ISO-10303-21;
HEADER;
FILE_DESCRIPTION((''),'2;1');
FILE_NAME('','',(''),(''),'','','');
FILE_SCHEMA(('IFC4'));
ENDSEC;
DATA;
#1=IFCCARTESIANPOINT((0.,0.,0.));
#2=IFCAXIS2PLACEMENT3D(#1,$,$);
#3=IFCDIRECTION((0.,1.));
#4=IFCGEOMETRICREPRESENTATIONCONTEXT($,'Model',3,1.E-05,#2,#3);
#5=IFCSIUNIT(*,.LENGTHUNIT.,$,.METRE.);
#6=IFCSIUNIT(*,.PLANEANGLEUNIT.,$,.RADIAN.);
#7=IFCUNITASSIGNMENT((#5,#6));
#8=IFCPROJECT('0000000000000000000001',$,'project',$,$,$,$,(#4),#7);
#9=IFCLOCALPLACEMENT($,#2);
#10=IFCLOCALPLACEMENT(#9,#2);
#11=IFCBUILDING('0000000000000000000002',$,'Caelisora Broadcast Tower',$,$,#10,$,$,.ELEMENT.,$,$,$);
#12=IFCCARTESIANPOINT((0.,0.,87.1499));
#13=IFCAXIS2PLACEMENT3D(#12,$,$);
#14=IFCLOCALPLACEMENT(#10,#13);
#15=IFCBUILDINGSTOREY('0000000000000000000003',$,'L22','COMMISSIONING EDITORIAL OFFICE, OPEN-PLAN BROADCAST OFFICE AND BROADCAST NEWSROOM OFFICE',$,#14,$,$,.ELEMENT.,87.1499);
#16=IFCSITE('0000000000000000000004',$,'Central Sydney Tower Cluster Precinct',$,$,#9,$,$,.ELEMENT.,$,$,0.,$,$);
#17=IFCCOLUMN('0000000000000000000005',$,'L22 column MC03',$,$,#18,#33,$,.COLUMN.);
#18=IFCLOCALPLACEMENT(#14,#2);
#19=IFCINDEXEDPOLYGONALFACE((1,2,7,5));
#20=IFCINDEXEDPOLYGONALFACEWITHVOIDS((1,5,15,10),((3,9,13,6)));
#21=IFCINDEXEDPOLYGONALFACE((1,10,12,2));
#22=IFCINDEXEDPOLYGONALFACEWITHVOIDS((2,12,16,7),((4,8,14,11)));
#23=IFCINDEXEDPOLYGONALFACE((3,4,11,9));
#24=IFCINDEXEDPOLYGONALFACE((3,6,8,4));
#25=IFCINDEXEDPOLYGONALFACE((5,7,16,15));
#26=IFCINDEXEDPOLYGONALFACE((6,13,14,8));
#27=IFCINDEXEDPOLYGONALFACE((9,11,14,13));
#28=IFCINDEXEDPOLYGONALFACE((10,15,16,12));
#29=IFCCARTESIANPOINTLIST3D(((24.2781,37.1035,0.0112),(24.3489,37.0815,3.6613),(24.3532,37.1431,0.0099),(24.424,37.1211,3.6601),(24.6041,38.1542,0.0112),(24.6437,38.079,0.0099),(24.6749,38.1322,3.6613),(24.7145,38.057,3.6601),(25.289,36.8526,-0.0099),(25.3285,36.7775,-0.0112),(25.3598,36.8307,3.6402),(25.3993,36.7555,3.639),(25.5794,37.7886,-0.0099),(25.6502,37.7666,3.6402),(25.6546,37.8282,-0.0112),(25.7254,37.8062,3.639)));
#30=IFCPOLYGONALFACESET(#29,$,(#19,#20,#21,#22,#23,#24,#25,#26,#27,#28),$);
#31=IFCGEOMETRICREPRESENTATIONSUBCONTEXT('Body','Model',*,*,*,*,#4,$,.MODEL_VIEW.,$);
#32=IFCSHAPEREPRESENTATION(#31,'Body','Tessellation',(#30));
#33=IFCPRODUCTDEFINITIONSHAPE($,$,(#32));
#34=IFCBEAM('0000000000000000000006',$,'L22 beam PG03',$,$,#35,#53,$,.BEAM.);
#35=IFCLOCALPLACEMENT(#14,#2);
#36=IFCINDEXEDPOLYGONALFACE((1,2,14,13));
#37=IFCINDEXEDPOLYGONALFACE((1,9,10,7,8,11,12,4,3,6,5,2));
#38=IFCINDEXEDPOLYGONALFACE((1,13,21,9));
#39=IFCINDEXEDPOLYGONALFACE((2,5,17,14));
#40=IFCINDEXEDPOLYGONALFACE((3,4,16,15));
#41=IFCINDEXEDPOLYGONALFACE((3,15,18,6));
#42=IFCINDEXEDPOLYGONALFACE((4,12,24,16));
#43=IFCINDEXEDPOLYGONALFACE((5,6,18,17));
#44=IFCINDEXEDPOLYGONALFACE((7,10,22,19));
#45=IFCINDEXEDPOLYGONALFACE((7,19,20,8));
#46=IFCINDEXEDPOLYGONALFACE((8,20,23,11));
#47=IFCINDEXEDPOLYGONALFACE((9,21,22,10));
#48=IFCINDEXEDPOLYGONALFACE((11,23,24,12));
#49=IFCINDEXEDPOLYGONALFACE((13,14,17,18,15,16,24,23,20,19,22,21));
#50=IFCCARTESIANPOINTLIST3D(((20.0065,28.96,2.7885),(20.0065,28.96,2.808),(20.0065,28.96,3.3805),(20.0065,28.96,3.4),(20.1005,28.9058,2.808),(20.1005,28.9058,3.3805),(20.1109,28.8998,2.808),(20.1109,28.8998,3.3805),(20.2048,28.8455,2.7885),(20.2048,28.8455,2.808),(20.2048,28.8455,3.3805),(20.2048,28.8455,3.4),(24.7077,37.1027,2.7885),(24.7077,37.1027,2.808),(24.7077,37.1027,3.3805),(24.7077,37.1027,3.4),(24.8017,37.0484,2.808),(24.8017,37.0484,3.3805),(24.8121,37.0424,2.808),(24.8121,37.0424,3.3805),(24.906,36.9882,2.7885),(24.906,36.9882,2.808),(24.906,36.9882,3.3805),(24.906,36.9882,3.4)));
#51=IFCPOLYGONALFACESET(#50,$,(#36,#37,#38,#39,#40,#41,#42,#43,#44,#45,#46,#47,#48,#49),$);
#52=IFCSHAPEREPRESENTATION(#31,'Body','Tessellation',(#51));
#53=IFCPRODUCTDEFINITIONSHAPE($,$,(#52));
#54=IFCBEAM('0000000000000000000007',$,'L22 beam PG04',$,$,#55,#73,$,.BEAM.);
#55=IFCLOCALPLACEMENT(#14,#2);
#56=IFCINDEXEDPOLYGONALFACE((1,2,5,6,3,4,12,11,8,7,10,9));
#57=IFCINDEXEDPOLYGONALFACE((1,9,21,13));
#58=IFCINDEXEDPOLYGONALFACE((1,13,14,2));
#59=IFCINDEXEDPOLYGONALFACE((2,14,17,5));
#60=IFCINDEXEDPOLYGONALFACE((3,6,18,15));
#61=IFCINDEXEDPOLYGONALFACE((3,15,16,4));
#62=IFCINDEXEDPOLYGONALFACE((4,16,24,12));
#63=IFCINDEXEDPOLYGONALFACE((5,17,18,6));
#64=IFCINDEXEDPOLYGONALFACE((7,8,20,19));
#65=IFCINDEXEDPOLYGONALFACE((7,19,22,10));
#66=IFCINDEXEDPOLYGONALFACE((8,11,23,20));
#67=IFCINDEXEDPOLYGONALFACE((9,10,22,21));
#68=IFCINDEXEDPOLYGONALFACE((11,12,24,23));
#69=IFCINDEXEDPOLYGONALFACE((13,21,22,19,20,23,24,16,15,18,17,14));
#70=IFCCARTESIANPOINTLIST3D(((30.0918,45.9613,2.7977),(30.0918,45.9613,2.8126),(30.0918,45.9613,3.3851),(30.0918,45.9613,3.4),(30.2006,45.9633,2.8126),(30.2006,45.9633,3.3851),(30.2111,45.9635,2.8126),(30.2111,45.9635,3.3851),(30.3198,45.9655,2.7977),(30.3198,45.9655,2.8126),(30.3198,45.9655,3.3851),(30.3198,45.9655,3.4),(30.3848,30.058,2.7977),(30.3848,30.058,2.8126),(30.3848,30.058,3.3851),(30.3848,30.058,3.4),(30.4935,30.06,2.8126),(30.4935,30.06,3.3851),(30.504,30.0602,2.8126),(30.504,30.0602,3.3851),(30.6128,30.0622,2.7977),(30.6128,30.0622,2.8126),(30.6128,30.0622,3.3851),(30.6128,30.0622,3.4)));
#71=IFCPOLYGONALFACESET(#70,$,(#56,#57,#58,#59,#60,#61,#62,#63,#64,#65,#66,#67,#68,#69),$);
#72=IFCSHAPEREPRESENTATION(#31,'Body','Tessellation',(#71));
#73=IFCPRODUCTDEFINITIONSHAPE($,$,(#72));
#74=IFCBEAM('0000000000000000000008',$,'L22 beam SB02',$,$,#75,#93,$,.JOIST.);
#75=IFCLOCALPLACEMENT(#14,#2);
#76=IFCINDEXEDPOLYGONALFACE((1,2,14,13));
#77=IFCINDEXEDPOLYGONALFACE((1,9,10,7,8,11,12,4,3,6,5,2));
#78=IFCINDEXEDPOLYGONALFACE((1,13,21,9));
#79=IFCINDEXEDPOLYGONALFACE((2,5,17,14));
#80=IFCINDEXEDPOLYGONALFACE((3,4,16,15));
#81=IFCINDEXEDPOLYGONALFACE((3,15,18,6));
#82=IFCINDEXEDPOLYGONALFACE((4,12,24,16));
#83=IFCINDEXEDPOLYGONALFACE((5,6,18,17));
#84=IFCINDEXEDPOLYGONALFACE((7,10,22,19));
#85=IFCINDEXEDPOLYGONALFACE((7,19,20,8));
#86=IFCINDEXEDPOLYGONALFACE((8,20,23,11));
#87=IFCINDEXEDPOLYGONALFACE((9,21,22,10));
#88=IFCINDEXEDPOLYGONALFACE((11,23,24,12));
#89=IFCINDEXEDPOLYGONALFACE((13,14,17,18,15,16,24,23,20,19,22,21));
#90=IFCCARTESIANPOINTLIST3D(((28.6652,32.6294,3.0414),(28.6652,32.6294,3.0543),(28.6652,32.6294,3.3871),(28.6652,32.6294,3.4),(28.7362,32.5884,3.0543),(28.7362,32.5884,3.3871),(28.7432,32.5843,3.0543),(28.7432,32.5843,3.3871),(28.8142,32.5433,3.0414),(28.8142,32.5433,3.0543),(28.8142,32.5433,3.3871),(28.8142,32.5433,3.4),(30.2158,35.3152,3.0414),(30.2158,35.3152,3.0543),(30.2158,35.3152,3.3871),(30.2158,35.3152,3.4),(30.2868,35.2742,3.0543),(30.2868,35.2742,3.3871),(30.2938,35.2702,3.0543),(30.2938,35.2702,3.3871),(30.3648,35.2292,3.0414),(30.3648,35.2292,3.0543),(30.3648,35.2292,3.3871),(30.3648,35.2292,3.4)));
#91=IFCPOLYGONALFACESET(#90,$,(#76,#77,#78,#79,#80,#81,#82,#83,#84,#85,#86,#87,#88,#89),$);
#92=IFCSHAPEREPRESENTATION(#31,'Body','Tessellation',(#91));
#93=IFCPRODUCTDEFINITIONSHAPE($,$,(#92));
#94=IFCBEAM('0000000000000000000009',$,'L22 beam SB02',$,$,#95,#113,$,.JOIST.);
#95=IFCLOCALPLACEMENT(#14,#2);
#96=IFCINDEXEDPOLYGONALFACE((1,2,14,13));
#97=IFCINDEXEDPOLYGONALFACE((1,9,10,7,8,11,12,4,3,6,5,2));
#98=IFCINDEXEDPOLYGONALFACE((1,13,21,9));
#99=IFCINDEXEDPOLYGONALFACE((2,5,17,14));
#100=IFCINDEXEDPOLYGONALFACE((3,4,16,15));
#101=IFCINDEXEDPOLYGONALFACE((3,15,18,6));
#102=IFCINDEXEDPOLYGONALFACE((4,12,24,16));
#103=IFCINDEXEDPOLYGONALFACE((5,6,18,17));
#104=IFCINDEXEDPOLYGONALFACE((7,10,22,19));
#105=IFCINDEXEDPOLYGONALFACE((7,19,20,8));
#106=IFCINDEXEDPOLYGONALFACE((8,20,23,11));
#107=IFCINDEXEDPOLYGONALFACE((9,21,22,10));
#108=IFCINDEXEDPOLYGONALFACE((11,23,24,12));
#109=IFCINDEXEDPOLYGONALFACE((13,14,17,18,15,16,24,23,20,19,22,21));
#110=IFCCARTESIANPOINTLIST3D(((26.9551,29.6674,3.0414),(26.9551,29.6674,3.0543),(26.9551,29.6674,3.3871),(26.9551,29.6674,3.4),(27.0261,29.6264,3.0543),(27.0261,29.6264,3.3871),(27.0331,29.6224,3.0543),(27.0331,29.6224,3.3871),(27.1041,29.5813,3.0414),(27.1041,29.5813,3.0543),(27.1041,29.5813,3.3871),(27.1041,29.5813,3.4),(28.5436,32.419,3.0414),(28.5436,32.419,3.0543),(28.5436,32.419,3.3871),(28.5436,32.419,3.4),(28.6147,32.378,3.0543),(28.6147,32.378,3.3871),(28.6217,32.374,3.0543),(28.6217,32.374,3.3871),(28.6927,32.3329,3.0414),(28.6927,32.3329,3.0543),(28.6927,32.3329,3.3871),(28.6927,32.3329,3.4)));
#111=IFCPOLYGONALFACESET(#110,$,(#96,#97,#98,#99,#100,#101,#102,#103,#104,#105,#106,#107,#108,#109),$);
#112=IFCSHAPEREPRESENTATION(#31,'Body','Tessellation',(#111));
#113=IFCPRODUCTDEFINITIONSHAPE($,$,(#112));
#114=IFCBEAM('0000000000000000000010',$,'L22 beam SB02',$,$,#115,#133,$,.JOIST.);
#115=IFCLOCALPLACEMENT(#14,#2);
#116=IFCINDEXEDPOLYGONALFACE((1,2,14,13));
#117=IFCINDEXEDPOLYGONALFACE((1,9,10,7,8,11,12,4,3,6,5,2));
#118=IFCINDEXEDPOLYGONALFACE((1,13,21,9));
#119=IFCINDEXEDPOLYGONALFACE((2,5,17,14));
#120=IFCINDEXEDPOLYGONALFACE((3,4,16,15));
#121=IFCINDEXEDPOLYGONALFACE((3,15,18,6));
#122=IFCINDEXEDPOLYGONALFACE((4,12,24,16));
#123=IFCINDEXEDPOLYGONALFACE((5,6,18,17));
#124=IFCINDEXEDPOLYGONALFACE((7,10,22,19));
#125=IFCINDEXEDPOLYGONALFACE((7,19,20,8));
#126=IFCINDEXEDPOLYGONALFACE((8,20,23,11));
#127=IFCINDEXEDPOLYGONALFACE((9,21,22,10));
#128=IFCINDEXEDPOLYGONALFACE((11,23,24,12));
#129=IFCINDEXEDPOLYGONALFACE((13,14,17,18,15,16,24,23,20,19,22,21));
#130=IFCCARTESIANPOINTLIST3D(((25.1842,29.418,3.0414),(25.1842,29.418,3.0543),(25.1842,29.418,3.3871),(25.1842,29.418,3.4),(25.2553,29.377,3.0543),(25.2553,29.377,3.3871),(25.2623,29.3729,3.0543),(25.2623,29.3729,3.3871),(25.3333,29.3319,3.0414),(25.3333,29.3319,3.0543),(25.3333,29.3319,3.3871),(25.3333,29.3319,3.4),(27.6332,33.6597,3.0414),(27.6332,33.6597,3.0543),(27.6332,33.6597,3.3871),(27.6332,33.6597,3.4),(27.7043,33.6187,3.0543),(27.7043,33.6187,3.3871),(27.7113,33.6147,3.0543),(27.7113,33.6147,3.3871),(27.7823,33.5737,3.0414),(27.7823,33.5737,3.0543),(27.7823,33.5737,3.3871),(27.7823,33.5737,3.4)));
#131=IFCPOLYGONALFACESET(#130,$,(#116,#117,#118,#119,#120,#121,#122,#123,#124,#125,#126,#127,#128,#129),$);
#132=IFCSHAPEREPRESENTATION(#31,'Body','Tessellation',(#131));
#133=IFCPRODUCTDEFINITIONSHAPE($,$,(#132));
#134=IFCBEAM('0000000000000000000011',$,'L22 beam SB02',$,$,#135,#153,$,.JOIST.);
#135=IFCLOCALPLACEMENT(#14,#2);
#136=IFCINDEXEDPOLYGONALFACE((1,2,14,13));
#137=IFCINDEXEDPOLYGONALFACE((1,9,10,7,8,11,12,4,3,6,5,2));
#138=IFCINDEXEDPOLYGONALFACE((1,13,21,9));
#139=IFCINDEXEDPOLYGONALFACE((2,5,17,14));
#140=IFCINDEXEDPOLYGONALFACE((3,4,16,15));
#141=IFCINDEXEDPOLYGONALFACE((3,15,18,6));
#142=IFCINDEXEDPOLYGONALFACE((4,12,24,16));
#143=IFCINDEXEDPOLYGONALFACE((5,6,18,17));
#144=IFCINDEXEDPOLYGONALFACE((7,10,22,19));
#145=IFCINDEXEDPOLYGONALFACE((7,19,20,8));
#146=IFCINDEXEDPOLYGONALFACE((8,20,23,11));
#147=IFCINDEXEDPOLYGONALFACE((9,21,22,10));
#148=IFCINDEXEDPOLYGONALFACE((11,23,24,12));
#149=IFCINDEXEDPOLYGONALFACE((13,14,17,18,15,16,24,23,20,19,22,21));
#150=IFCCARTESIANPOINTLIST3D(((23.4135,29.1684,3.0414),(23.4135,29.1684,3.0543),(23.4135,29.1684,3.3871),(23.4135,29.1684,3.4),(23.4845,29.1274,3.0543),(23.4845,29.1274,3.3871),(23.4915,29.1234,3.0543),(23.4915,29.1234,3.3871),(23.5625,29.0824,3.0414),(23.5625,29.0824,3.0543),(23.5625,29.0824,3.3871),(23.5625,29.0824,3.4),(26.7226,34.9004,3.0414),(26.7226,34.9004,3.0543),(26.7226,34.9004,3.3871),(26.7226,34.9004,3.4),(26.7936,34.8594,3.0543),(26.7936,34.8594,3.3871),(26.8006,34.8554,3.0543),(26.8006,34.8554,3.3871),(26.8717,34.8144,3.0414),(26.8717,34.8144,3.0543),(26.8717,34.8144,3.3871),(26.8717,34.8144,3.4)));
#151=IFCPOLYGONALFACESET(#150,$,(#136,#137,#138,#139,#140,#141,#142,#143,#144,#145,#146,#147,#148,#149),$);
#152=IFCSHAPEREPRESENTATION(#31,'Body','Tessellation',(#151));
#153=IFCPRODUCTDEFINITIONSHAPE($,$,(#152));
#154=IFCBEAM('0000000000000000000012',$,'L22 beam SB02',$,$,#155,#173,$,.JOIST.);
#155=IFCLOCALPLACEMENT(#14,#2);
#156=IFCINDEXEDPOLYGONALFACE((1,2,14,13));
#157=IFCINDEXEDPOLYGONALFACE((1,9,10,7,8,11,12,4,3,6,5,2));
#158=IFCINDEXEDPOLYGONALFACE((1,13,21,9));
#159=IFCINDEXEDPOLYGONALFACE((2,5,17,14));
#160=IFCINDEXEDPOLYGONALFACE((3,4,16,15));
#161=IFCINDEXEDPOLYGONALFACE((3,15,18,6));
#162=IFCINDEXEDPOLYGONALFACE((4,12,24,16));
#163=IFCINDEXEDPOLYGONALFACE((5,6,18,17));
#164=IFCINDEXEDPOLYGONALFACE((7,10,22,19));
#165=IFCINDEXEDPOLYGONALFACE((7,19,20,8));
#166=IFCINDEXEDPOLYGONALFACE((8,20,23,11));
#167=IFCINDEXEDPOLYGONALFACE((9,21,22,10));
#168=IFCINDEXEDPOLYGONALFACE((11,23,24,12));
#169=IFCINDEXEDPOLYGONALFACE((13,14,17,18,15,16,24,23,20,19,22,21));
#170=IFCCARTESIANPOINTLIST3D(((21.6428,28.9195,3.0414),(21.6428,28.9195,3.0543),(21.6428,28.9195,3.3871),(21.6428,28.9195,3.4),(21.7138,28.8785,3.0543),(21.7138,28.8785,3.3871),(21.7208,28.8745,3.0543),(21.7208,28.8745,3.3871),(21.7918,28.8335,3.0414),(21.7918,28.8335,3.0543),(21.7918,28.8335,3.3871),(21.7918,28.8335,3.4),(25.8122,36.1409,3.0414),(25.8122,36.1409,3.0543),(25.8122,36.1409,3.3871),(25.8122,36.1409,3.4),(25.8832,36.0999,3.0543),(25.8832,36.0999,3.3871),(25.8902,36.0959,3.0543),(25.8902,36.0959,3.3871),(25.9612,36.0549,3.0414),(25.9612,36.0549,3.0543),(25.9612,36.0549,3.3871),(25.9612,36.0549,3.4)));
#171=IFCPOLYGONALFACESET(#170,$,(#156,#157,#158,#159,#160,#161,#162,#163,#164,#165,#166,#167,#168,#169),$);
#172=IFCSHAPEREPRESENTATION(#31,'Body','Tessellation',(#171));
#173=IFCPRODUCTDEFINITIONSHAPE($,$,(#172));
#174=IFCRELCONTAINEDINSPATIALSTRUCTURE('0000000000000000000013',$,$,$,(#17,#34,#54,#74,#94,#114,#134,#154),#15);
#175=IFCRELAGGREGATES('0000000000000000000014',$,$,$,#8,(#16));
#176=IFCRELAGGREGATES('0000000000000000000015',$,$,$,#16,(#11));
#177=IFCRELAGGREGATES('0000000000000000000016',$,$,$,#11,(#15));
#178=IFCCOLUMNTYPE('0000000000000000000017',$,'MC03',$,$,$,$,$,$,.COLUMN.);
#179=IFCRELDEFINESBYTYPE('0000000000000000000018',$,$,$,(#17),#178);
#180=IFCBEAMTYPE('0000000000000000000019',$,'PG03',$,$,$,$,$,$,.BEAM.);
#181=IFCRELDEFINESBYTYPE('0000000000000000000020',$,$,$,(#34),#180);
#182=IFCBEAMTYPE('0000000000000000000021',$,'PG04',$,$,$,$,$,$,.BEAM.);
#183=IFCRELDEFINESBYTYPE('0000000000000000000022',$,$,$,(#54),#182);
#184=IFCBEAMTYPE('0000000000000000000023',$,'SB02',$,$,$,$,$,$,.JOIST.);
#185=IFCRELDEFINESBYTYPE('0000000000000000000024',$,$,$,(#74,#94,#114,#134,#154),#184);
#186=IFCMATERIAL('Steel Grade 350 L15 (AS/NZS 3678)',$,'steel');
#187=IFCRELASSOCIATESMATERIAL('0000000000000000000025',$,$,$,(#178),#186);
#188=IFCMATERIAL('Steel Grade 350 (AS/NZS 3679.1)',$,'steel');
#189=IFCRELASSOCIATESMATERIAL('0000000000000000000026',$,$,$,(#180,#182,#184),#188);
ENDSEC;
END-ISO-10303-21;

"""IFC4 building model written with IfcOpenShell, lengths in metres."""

from ifc_helpers import new_model, si_unit, direction, frame, origin, origin_2d, place, context, subcontext, project, spatial, hollow_rectangle, i_section, extrude, source, transform, mapped, material, material_profile, profile_set, type_object, type_shapes, element, save


model = new_model("IFC4")

# Units and contexts
model_context = context("Model", 3, precision=1e-05, world=origin(), true_north=direction((0.0, 1.0)))
body_context = subcontext(model_context, "Body", "Model", "MODEL_VIEW")
ifc_project = project(units=[si_unit("LENGTHUNIT", "METRE"), si_unit("PLANEANGLEUNIT", "RADIAN")], contexts=[model_context])

# Site, building, storey
site_placement = place(None, origin())
site = spatial("IfcSite", under=ifc_project, at=site_placement, Name="Central Sydney Tower Cluster Precinct", CompositionType="ELEMENT", RefElevation=0.0)
building_placement = place(site_placement, origin())
building = spatial("IfcBuilding", under=site, at=building_placement, Name="Caelisora Broadcast Tower", CompositionType="ELEMENT")
storey_placement = place(building_placement, frame((0.0, 0.0, 87.1499)))
storey = spatial("IfcBuildingStorey", under=building, at=storey_placement, Name="L22", Description="COMMISSIONING EDITORIAL OFFICE, OPEN-PLAN BROADCAST OFFICE AND BROADCAST NEWSROOM OFFICE", CompositionType="ELEMENT", Elevation=87.1499)

# Column
ifc_material_1 = material(Name="Steel Grade 350 L15 (AS/NZS 3678)", Category="steel")
ifc_material_profile_1 = material_profile(ifc_material_1, hollow_rectangle(XDim=1.1001, YDim=1.1001, WallThickness=0.0601, at=origin_2d()), Name="Steel Grade 350 L15 (AS/NZS 3678)")
ifc_profile_set_1 = profile_set([ifc_material_profile_1], Name="Steel Grade 350 L15 (AS/NZS 3678)")
column_type = type_object("IfcColumnType", Name="MC03", PredefinedType="COLUMN", material=ifc_profile_set_1)
shared_shape_1 = source(origin(), body_context, "Body", "SweptSolid", [
    extrude(hollow_rectangle(XDim=1.1001, YDim=1.1001, WallThickness=0.0601, at=origin_2d()), origin(), (0.0, 0.0, 1.0), 3.6509),
])
type_shapes(column_type, [shared_shape_1])
column_placement = place(storey_placement, frame((24.9663, 37.4658, 0.0), z_axis=(0.019393, -0.006018, 0.999794), x_axis=(0.296399, 0.955064, 0.0)))
element("IfcColumn", 1, at=column_placement, inside=storey, type_object=column_type, Name="L22 column MC03", PredefinedType="COLUMN", context=body_context, shape_type="MappedRepresentation", body=[
    mapped(shared_shape_1, transform((0.0, 0.0, 0.0), scale=1.0)),
])

# Beams
ifc_material_2 = material(Name="Steel Grade 350 (AS/NZS 3679.1)", Category="steel")
ifc_material_profile_2 = material_profile(ifc_material_2, i_section(OverallWidth=0.229, OverallDepth=0.6116, WebThickness=0.012, FlangeThickness=0.0195, at=origin_2d()), Name="Steel Grade 350 (AS/NZS 3679.1)")
ifc_profile_set_2 = profile_set([ifc_material_profile_2], Name="Steel Grade 350 (AS/NZS 3679.1)")
beam_type_1 = type_object("IfcBeamType", Name="PG03", PredefinedType="BEAM", material=ifc_profile_set_2)
shared_shape_2 = source(origin(), body_context, "Body", "SweptSolid", [
    extrude(i_section(OverallWidth=0.229, OverallDepth=0.6116, WebThickness=0.012, FlangeThickness=0.0195, at=origin_2d()), origin(), (0.0, 0.0, 1.0), 9.4023),
])
type_shapes(beam_type_1, [shared_shape_2])
beam_1_placement = place(storey_placement, frame((24.8069, 37.0454, 3.0942), z_axis=(-0.500004, -0.866023, 0.0), x_axis=(0.866023, -0.500004, 0.0)))
element("IfcBeam", 2, at=beam_1_placement, inside=storey, type_object=beam_type_1, Name="L22 beam PG03", PredefinedType="BEAM", context=body_context, shape_type="MappedRepresentation", body=[
    mapped(shared_shape_2, transform((0.0, 0.0, 0.0), scale=1.0)),
])
ifc_material_profile_3 = material_profile(ifc_material_2, i_section(OverallWidth=0.228, OverallDepth=0.6023, WebThickness=0.0105, FlangeThickness=0.0149, at=origin_2d()), Name="Steel Grade 350 (AS/NZS 3679.1)")
ifc_profile_set_3 = profile_set([ifc_material_profile_3], Name="Steel Grade 350 (AS/NZS 3679.1)")
beam_type_2 = type_object("IfcBeamType", Name="PG04", PredefinedType="BEAM", material=ifc_profile_set_3)
shared_shape_3 = source(origin(), body_context, "Body", "SweptSolid", [
    extrude(i_section(OverallWidth=0.228, OverallDepth=0.6023, WebThickness=0.0105, FlangeThickness=0.0149, at=origin_2d()), origin(), (0.0, 0.0, 1.0), 15.906),
])
type_shapes(beam_type_2, [shared_shape_3])
beam_2_placement = place(storey_placement, frame((30.4988, 30.0601, 3.0989), z_axis=(-0.018419, 0.99983, 0.0), x_axis=(-0.99983, -0.018419, 0.0)))
element("IfcBeam", 3, at=beam_2_placement, inside=storey, type_object=beam_type_2, Name="L22 beam PG04", PredefinedType="BEAM", context=body_context, shape_type="MappedRepresentation", body=[
    mapped(shared_shape_3, transform((0.0, 0.0, 0.0), scale=1.0)),
])
ifc_material_profile_4 = material_profile(ifc_material_2, i_section(OverallWidth=0.1721, OverallDepth=0.3586, WebThickness=0.0081, FlangeThickness=0.0129, at=origin_2d()), Name="Steel Grade 350 (AS/NZS 3679.1)")
ifc_profile_set_4 = profile_set([ifc_material_profile_4], Name="Steel Grade 350 (AS/NZS 3679.1)")
beam_type_3 = type_object("IfcBeamType", Name="SB02", PredefinedType="JOIST", material=ifc_profile_set_4)
shared_shape_4 = source(origin(), body_context, "Body", "SweptSolid", [
    extrude(i_section(OverallWidth=0.1721, OverallDepth=0.3586, WebThickness=0.0081, FlangeThickness=0.0129, at=origin_2d()), origin(), (0.0, 0.0, 1.0), 3.1013),
])
beam_3_placement = place(storey_placement, frame((30.2903, 35.2722, 3.2207), z_axis=(-0.499975, -0.86604, 0.0), x_axis=(0.86604, -0.499975, 0.0)))
element("IfcBeam", 4, at=beam_3_placement, inside=storey, type_object=beam_type_3, Name="L22 beam SB02", PredefinedType="JOIST", context=body_context, shape_type="MappedRepresentation", body=[
    mapped(shared_shape_4, transform((0.0, 0.0, 0.0), scale=1.0)),
])
shared_shape_5 = source(origin(), body_context, "Body", "SweptSolid", [
    extrude(i_section(OverallWidth=0.1721, OverallDepth=0.3586, WebThickness=0.0081, FlangeThickness=0.0129, at=origin_2d()), origin(), (0.0, 0.0, 1.0), 3.1772),
])
beam_4_placement = place(storey_placement, frame((28.6182, 32.376, 3.2207), z_axis=(-0.499982, -0.866036, 0.0), x_axis=(0.866036, -0.499982, 0.0)))
element("IfcBeam", 5, at=beam_4_placement, inside=storey, type_object=beam_type_3, Name="L22 beam SB02", PredefinedType="JOIST", context=body_context, shape_type="MappedRepresentation", body=[
    mapped(shared_shape_5, transform((0.0, 0.0, 0.0), scale=1.0)),
])
shared_shape_6 = source(origin(), body_context, "Body", "SweptSolid", [
    extrude(i_section(OverallWidth=0.1721, OverallDepth=0.3586, WebThickness=0.0081, FlangeThickness=0.0129, at=origin_2d()), origin(), (0.0, 0.0, 1.0), 4.8979),
])
beam_5_placement = place(storey_placement, frame((27.7078, 33.6167, 3.2207), z_axis=(-0.500004, -0.866023, 0.0), x_axis=(0.866023, -0.500004, 0.0)))
element("IfcBeam", 6, at=beam_5_placement, inside=storey, type_object=beam_type_3, Name="L22 beam SB02", PredefinedType="JOIST", context=body_context, shape_type="MappedRepresentation", body=[
    mapped(shared_shape_6, transform((0.0, 0.0, 0.0), scale=1.0)),
])
shared_shape_7 = source(origin(), body_context, "Body", "SweptSolid", [
    extrude(i_section(OverallWidth=0.1721, OverallDepth=0.3586, WebThickness=0.0081, FlangeThickness=0.0129, at=origin_2d()), origin(), (0.0, 0.0, 1.0), 6.6187),
])
beam_6_placement = place(storey_placement, frame((26.7971, 34.8574, 3.2207), z_axis=(-0.499972, -0.866042, 0.0), x_axis=(0.866042, -0.499972, 0.0)))
element("IfcBeam", 7, at=beam_6_placement, inside=storey, type_object=beam_type_3, Name="L22 beam SB02", PredefinedType="JOIST", context=body_context, shape_type="MappedRepresentation", body=[
    mapped(shared_shape_7, transform((0.0, 0.0, 0.0), scale=1.0)),
])
shared_shape_8 = source(origin(), body_context, "Body", "SweptSolid", [
    extrude(i_section(OverallWidth=0.1721, OverallDepth=0.3586, WebThickness=0.0081, FlangeThickness=0.0129, at=origin_2d()), origin(), (0.0, 0.0, 1.0), 8.3386),
])
type_shapes(beam_type_3, [shared_shape_4, shared_shape_5, shared_shape_6, shared_shape_7, shared_shape_8])
beam_7_placement = place(storey_placement, frame((25.8867, 36.0979, 3.2207), z_axis=(-0.500012, -0.866018, 0.0), x_axis=(0.866018, -0.500012, 0.0)))
element("IfcBeam", 8, at=beam_7_placement, inside=storey, type_object=beam_type_3, Name="L22 beam SB02", PredefinedType="JOIST", context=body_context, shape_type="MappedRepresentation", body=[
    mapped(shared_shape_8, transform((0.0, 0.0, 0.0), scale=1.0)),
])

save(model, "model.ifc")
